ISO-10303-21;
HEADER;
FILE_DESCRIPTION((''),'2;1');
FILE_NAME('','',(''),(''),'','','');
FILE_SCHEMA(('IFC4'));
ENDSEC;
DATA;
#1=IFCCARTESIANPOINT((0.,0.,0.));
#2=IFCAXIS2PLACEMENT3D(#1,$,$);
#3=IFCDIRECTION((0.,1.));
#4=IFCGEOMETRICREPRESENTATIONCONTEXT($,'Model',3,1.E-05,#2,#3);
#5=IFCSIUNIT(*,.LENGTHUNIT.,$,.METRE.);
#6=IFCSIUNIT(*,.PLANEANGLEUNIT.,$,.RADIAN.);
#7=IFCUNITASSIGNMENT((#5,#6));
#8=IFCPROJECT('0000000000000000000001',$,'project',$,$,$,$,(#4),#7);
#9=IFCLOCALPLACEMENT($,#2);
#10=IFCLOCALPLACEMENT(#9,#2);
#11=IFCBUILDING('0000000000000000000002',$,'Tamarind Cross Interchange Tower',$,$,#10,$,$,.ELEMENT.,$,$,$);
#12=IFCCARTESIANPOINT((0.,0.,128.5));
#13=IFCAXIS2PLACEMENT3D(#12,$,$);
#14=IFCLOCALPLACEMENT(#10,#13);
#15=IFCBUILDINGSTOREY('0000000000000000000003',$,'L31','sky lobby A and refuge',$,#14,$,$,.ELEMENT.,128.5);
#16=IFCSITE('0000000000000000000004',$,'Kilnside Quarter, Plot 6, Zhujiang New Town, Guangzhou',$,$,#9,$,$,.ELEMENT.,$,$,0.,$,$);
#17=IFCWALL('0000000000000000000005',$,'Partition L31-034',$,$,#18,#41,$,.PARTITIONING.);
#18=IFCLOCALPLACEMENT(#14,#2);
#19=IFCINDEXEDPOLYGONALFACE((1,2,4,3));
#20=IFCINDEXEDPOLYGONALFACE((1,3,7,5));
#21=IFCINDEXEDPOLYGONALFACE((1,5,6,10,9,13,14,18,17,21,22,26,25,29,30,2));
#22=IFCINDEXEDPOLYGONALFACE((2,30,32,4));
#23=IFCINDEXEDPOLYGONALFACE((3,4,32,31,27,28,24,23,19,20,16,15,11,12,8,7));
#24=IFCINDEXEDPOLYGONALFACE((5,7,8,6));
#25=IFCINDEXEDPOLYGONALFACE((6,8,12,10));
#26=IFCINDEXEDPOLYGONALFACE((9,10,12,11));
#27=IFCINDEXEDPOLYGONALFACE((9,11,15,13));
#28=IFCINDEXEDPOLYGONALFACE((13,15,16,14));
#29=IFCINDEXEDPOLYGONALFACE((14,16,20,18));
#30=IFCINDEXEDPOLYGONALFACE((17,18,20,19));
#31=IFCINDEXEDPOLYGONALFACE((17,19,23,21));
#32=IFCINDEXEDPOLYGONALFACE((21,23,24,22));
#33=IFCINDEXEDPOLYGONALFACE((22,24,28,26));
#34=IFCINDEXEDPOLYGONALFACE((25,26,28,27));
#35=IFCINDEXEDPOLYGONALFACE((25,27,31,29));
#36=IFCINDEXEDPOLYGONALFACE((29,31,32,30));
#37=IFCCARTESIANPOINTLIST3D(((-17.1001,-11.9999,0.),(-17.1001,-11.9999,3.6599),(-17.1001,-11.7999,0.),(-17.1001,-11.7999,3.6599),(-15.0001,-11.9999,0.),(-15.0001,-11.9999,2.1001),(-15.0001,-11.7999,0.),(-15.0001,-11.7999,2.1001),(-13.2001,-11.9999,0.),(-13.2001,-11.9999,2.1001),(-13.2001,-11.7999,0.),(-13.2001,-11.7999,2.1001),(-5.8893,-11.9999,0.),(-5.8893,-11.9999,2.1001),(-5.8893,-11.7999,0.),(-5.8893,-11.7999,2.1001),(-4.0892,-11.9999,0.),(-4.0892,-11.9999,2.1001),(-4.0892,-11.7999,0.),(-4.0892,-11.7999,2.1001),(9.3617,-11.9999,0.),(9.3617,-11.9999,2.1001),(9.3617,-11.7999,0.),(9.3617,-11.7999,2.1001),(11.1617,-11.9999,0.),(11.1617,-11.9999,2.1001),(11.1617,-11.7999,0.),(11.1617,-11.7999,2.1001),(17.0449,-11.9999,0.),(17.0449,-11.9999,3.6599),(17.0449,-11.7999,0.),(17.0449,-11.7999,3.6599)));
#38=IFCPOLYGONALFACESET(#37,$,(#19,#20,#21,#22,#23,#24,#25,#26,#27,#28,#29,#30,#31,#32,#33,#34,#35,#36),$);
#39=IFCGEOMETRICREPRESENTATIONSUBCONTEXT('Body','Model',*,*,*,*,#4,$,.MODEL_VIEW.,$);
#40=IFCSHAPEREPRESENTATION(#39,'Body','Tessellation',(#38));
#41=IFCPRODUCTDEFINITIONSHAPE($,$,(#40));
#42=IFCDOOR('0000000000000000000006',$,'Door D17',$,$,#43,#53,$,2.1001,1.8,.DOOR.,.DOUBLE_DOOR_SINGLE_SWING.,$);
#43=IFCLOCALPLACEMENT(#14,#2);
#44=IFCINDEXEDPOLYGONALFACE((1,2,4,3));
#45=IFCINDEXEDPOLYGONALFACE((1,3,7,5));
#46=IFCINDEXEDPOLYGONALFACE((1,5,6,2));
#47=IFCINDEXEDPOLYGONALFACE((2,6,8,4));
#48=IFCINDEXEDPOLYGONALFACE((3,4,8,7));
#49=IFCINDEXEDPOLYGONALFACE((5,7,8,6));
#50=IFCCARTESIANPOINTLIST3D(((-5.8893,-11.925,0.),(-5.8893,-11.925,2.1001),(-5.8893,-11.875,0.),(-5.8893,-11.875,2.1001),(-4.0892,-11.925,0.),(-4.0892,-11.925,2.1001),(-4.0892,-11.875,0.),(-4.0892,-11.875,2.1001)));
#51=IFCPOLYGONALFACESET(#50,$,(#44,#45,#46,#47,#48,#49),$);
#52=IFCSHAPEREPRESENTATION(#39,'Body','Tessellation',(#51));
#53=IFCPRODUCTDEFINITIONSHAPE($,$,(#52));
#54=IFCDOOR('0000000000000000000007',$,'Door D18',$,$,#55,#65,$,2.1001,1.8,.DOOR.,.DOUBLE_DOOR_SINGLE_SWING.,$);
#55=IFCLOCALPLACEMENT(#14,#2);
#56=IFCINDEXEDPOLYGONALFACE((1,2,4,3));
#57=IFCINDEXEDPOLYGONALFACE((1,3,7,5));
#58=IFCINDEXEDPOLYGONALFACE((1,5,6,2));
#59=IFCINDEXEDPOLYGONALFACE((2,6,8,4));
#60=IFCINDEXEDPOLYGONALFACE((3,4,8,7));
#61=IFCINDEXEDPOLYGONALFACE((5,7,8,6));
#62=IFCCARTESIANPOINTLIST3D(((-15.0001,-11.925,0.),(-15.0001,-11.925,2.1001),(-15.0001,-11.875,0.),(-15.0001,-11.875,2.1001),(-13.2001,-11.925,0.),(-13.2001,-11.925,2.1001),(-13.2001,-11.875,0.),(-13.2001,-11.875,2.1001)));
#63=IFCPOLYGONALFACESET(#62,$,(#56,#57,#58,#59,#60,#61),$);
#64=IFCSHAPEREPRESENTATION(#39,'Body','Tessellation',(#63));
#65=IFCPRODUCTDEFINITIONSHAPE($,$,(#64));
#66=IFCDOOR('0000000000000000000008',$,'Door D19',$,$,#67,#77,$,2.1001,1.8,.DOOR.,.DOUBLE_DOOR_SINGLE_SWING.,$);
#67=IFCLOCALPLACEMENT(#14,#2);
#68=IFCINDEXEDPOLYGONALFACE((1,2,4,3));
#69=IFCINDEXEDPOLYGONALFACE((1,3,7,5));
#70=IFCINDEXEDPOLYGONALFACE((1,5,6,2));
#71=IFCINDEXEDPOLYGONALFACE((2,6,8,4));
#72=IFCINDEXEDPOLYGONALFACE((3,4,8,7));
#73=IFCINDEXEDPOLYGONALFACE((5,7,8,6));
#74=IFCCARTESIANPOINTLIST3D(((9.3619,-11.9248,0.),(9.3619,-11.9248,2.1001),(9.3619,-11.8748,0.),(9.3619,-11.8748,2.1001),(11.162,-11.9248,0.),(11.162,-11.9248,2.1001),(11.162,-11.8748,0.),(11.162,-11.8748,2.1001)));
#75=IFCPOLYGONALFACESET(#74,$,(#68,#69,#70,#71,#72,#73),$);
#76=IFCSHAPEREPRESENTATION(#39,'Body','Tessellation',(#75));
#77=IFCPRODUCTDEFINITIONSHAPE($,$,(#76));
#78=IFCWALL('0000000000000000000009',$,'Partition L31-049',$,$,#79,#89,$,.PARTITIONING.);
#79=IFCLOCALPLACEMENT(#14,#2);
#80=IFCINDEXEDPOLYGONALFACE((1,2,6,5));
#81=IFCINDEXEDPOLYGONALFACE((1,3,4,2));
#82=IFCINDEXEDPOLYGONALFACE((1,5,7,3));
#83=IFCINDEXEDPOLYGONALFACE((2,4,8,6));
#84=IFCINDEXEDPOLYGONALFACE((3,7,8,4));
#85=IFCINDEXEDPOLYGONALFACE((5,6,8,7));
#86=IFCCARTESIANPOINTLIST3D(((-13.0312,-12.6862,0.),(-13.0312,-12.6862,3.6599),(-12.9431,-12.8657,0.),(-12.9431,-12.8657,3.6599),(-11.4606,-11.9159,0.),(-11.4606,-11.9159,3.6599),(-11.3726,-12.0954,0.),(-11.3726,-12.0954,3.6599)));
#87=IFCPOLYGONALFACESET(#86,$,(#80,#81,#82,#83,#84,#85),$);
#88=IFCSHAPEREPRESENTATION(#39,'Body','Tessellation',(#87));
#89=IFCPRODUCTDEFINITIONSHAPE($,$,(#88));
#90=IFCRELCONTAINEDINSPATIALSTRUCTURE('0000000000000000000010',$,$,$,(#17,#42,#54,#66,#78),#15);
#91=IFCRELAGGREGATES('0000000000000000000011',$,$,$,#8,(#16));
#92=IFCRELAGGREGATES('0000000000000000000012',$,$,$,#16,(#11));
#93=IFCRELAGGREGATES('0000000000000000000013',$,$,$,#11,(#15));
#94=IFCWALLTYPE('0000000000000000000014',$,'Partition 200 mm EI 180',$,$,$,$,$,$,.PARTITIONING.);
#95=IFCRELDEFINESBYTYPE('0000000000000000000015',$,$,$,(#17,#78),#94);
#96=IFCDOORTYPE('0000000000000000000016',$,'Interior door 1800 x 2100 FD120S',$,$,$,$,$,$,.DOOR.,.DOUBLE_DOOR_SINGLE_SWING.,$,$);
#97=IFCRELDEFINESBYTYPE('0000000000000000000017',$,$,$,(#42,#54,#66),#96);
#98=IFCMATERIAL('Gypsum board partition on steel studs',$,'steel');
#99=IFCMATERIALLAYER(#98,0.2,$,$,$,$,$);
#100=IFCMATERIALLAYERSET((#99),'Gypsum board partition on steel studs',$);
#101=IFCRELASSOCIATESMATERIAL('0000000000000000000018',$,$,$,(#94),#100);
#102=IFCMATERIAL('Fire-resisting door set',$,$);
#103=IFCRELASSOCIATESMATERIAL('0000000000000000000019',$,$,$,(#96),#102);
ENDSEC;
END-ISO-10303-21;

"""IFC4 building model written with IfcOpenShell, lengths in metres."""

from ifc_helpers import new_model, si_unit, direction, frame, frame_2d, origin, place, context, subcontext, project, spatial, rectangle, extrude, material, layer, layer_set, type_object, element, fill, save


model = new_model("IFC4")

# Units and contexts
model_context = context("Model", 3, precision=1e-05, world=origin(), true_north=direction((0.0, 1.0)))
body_context = subcontext(model_context, "Body", "Model", "MODEL_VIEW")
ifc_project = project(units=[si_unit("LENGTHUNIT", "METRE"), si_unit("PLANEANGLEUNIT", "RADIAN")], contexts=[model_context])

# Site, building, storey
site_placement = place(None, origin())
site = spatial("IfcSite", under=ifc_project, at=site_placement, Name="Kilnside Quarter, Plot 6, Zhujiang New Town, Guangzhou", CompositionType="ELEMENT", RefElevation=0.0)
building_placement = place(site_placement, origin())
building = spatial("IfcBuilding", under=site, at=building_placement, Name="Tamarind Cross Interchange Tower", CompositionType="ELEMENT")
storey_placement = place(building_placement, frame((0.0, 0.0, 128.5)))
storey = spatial("IfcBuildingStorey", under=building, at=storey_placement, Name="L31", Description="sky lobby A and refuge", CompositionType="ELEMENT", Elevation=128.5)

# Shared definitions
ifc_material_1 = material(Name="Gypsum board partition on steel studs", Category="steel")
ifc_layer_1 = layer(ifc_material_1, 0.2)
ifc_layer_set_1 = layer_set([ifc_layer_1], Name="Gypsum board partition on steel studs")
wall_type_1 = type_object("IfcWallType", Name="Partition 200 mm EI 180", PredefinedType="PARTITIONING", material=ifc_layer_set_1)

# Wall, openings, doors
wall_1_placement = place(storey_placement, frame((-17.1001, -11.8999, 0.0), z_axis=(0.0, 0.0, 1.0), x_axis=(1.0, 0.0, 0.0)))
wall_1 = element("IfcWall", 1, at=wall_1_placement, inside=storey, type_object=wall_type_1, Name="Partition L31-034", PredefinedType="PARTITIONING", context=body_context, shape_type="SweptSolid", body=[
    extrude(rectangle(XDim=34.145, YDim=0.2, at=frame_2d((17.0725, 0.0))), origin(), (0.0, 0.0, 1.0), 3.6599),
])
opening_1_placement = place(wall_1_placement, frame((11.2109, 0.0, 0.0)))
opening_1 = element("IfcOpeningElement", 2, at=opening_1_placement, cuts=wall_1, PredefinedType="OPENING", context=body_context, shape_type="SweptSolid", body=[
    extrude(rectangle(XDim=1.8, YDim=2.1001, at=frame_2d((0.8999, 1.05))), frame((0.0, 0.1099, 0.0), z_axis=(0.0, -1.0, 0.0), x_axis=(1.0, 0.0, 0.0)), (0.0, 0.0, 1.0), 0.22),
])
opening_2_placement = place(wall_1_placement, frame((2.1001, 0.0, 0.0)))
opening_2 = element("IfcOpeningElement", 3, at=opening_2_placement, cuts=wall_1, PredefinedType="OPENING", context=body_context, shape_type="SweptSolid", body=[
    extrude(rectangle(XDim=1.8, YDim=2.1001, at=frame_2d((0.8999, 1.05))), frame((0.0, 0.1099, 0.0), z_axis=(0.0, -1.0, 0.0), x_axis=(1.0, 0.0, 0.0)), (0.0, 0.0, 1.0), 0.22),
])
opening_3_placement = place(wall_1_placement, frame((26.4619, 0.0, 0.0)))
opening_3 = element("IfcOpeningElement", 4, at=opening_3_placement, cuts=wall_1, PredefinedType="OPENING", context=body_context, shape_type="SweptSolid", body=[
    extrude(rectangle(XDim=1.8, YDim=2.1001, at=frame_2d((0.8999, 1.05))), frame((0.0, 0.1099, 0.0), z_axis=(0.0, -1.0, 0.0), x_axis=(1.0, 0.0, 0.0)), (0.0, 0.0, 1.0), 0.22),
])
ifc_material_2 = material(Name="Fire-resisting door set")
door_type_1 = type_object("IfcDoorType", Name="Interior door 1800 x 2100 FD120S", OperationType="DOUBLE_DOOR_SINGLE_SWING", PredefinedType="DOOR", material=ifc_material_2)
door_1_placement = place(opening_1_placement, origin())
door_1 = element("IfcDoor", 5, at=door_1_placement, inside=storey, type_object=door_type_1, Name="Door D17", OperationType="DOUBLE_DOOR_SINGLE_SWING", OverallHeight=2.1001, OverallWidth=1.8, PredefinedType="DOOR", context=body_context, shape_type="SweptSolid", body=[
    extrude(rectangle(XDim=1.8, YDim=2.1001, at=frame_2d((0.8999, 1.05))), frame((0.0, 0.0249, 0.0), z_axis=(0.0, -1.0, 0.0), x_axis=(1.0, 0.0, 0.0)), (0.0, 0.0, 1.0), 0.05),
])
fill(opening_1, door_1)
door_2_placement = place(opening_2_placement, origin())
door_2 = element("IfcDoor", 6, at=door_2_placement, inside=storey, type_object=door_type_1, Name="Door D18", OperationType="DOUBLE_DOOR_SINGLE_SWING", OverallHeight=2.1001, OverallWidth=1.8, PredefinedType="DOOR", context=body_context, shape_type="SweptSolid", body=[
    extrude(rectangle(XDim=1.8, YDim=2.1001, at=frame_2d((0.8999, 1.05))), frame((0.0, 0.0249, 0.0), z_axis=(0.0, -1.0, 0.0), x_axis=(1.0, 0.0, 0.0)), (0.0, 0.0, 1.0), 0.05),
])
fill(opening_2, door_2)
door_3_placement = place(opening_3_placement, frame((1.8, 0.0, 0.0), z_axis=(0.0, 0.0, 1.0), x_axis=(-1.0, 0.0, 0.0)))
door_3 = element("IfcDoor", 7, at=door_3_placement, inside=storey, type_object=door_type_1, Name="Door D19", OperationType="DOUBLE_DOOR_SINGLE_SWING", OverallHeight=2.1001, OverallWidth=1.8, PredefinedType="DOOR", context=body_context, shape_type="SweptSolid", body=[
    extrude(rectangle(XDim=1.8, YDim=2.1001, at=frame_2d((0.8999, 1.05))), frame((0.0, 0.0249, 0.0), z_axis=(0.0, -1.0, 0.0), x_axis=(1.0, 0.0, 0.0)), (0.0, 0.0, 1.0), 0.05),
])
fill(opening_3, door_3)

# Wall
wall_2_placement = place(storey_placement, frame((-12.9871, -12.7759, 0.0), z_axis=(0.0, 0.0, 1.0), x_axis=(0.897834, 0.440334, 0.0)))
element("IfcWall", 8, at=wall_2_placement, inside=storey, type_object=wall_type_1, Name="Partition L31-049", PredefinedType="PARTITIONING", context=body_context, shape_type="SweptSolid", body=[
    extrude(rectangle(XDim=1.7493, YDim=0.2, at=frame_2d((0.8745, 0.0))), origin(), (0.0, 0.0, 1.0), 3.6599),
])

save(model, "model.ifc")
